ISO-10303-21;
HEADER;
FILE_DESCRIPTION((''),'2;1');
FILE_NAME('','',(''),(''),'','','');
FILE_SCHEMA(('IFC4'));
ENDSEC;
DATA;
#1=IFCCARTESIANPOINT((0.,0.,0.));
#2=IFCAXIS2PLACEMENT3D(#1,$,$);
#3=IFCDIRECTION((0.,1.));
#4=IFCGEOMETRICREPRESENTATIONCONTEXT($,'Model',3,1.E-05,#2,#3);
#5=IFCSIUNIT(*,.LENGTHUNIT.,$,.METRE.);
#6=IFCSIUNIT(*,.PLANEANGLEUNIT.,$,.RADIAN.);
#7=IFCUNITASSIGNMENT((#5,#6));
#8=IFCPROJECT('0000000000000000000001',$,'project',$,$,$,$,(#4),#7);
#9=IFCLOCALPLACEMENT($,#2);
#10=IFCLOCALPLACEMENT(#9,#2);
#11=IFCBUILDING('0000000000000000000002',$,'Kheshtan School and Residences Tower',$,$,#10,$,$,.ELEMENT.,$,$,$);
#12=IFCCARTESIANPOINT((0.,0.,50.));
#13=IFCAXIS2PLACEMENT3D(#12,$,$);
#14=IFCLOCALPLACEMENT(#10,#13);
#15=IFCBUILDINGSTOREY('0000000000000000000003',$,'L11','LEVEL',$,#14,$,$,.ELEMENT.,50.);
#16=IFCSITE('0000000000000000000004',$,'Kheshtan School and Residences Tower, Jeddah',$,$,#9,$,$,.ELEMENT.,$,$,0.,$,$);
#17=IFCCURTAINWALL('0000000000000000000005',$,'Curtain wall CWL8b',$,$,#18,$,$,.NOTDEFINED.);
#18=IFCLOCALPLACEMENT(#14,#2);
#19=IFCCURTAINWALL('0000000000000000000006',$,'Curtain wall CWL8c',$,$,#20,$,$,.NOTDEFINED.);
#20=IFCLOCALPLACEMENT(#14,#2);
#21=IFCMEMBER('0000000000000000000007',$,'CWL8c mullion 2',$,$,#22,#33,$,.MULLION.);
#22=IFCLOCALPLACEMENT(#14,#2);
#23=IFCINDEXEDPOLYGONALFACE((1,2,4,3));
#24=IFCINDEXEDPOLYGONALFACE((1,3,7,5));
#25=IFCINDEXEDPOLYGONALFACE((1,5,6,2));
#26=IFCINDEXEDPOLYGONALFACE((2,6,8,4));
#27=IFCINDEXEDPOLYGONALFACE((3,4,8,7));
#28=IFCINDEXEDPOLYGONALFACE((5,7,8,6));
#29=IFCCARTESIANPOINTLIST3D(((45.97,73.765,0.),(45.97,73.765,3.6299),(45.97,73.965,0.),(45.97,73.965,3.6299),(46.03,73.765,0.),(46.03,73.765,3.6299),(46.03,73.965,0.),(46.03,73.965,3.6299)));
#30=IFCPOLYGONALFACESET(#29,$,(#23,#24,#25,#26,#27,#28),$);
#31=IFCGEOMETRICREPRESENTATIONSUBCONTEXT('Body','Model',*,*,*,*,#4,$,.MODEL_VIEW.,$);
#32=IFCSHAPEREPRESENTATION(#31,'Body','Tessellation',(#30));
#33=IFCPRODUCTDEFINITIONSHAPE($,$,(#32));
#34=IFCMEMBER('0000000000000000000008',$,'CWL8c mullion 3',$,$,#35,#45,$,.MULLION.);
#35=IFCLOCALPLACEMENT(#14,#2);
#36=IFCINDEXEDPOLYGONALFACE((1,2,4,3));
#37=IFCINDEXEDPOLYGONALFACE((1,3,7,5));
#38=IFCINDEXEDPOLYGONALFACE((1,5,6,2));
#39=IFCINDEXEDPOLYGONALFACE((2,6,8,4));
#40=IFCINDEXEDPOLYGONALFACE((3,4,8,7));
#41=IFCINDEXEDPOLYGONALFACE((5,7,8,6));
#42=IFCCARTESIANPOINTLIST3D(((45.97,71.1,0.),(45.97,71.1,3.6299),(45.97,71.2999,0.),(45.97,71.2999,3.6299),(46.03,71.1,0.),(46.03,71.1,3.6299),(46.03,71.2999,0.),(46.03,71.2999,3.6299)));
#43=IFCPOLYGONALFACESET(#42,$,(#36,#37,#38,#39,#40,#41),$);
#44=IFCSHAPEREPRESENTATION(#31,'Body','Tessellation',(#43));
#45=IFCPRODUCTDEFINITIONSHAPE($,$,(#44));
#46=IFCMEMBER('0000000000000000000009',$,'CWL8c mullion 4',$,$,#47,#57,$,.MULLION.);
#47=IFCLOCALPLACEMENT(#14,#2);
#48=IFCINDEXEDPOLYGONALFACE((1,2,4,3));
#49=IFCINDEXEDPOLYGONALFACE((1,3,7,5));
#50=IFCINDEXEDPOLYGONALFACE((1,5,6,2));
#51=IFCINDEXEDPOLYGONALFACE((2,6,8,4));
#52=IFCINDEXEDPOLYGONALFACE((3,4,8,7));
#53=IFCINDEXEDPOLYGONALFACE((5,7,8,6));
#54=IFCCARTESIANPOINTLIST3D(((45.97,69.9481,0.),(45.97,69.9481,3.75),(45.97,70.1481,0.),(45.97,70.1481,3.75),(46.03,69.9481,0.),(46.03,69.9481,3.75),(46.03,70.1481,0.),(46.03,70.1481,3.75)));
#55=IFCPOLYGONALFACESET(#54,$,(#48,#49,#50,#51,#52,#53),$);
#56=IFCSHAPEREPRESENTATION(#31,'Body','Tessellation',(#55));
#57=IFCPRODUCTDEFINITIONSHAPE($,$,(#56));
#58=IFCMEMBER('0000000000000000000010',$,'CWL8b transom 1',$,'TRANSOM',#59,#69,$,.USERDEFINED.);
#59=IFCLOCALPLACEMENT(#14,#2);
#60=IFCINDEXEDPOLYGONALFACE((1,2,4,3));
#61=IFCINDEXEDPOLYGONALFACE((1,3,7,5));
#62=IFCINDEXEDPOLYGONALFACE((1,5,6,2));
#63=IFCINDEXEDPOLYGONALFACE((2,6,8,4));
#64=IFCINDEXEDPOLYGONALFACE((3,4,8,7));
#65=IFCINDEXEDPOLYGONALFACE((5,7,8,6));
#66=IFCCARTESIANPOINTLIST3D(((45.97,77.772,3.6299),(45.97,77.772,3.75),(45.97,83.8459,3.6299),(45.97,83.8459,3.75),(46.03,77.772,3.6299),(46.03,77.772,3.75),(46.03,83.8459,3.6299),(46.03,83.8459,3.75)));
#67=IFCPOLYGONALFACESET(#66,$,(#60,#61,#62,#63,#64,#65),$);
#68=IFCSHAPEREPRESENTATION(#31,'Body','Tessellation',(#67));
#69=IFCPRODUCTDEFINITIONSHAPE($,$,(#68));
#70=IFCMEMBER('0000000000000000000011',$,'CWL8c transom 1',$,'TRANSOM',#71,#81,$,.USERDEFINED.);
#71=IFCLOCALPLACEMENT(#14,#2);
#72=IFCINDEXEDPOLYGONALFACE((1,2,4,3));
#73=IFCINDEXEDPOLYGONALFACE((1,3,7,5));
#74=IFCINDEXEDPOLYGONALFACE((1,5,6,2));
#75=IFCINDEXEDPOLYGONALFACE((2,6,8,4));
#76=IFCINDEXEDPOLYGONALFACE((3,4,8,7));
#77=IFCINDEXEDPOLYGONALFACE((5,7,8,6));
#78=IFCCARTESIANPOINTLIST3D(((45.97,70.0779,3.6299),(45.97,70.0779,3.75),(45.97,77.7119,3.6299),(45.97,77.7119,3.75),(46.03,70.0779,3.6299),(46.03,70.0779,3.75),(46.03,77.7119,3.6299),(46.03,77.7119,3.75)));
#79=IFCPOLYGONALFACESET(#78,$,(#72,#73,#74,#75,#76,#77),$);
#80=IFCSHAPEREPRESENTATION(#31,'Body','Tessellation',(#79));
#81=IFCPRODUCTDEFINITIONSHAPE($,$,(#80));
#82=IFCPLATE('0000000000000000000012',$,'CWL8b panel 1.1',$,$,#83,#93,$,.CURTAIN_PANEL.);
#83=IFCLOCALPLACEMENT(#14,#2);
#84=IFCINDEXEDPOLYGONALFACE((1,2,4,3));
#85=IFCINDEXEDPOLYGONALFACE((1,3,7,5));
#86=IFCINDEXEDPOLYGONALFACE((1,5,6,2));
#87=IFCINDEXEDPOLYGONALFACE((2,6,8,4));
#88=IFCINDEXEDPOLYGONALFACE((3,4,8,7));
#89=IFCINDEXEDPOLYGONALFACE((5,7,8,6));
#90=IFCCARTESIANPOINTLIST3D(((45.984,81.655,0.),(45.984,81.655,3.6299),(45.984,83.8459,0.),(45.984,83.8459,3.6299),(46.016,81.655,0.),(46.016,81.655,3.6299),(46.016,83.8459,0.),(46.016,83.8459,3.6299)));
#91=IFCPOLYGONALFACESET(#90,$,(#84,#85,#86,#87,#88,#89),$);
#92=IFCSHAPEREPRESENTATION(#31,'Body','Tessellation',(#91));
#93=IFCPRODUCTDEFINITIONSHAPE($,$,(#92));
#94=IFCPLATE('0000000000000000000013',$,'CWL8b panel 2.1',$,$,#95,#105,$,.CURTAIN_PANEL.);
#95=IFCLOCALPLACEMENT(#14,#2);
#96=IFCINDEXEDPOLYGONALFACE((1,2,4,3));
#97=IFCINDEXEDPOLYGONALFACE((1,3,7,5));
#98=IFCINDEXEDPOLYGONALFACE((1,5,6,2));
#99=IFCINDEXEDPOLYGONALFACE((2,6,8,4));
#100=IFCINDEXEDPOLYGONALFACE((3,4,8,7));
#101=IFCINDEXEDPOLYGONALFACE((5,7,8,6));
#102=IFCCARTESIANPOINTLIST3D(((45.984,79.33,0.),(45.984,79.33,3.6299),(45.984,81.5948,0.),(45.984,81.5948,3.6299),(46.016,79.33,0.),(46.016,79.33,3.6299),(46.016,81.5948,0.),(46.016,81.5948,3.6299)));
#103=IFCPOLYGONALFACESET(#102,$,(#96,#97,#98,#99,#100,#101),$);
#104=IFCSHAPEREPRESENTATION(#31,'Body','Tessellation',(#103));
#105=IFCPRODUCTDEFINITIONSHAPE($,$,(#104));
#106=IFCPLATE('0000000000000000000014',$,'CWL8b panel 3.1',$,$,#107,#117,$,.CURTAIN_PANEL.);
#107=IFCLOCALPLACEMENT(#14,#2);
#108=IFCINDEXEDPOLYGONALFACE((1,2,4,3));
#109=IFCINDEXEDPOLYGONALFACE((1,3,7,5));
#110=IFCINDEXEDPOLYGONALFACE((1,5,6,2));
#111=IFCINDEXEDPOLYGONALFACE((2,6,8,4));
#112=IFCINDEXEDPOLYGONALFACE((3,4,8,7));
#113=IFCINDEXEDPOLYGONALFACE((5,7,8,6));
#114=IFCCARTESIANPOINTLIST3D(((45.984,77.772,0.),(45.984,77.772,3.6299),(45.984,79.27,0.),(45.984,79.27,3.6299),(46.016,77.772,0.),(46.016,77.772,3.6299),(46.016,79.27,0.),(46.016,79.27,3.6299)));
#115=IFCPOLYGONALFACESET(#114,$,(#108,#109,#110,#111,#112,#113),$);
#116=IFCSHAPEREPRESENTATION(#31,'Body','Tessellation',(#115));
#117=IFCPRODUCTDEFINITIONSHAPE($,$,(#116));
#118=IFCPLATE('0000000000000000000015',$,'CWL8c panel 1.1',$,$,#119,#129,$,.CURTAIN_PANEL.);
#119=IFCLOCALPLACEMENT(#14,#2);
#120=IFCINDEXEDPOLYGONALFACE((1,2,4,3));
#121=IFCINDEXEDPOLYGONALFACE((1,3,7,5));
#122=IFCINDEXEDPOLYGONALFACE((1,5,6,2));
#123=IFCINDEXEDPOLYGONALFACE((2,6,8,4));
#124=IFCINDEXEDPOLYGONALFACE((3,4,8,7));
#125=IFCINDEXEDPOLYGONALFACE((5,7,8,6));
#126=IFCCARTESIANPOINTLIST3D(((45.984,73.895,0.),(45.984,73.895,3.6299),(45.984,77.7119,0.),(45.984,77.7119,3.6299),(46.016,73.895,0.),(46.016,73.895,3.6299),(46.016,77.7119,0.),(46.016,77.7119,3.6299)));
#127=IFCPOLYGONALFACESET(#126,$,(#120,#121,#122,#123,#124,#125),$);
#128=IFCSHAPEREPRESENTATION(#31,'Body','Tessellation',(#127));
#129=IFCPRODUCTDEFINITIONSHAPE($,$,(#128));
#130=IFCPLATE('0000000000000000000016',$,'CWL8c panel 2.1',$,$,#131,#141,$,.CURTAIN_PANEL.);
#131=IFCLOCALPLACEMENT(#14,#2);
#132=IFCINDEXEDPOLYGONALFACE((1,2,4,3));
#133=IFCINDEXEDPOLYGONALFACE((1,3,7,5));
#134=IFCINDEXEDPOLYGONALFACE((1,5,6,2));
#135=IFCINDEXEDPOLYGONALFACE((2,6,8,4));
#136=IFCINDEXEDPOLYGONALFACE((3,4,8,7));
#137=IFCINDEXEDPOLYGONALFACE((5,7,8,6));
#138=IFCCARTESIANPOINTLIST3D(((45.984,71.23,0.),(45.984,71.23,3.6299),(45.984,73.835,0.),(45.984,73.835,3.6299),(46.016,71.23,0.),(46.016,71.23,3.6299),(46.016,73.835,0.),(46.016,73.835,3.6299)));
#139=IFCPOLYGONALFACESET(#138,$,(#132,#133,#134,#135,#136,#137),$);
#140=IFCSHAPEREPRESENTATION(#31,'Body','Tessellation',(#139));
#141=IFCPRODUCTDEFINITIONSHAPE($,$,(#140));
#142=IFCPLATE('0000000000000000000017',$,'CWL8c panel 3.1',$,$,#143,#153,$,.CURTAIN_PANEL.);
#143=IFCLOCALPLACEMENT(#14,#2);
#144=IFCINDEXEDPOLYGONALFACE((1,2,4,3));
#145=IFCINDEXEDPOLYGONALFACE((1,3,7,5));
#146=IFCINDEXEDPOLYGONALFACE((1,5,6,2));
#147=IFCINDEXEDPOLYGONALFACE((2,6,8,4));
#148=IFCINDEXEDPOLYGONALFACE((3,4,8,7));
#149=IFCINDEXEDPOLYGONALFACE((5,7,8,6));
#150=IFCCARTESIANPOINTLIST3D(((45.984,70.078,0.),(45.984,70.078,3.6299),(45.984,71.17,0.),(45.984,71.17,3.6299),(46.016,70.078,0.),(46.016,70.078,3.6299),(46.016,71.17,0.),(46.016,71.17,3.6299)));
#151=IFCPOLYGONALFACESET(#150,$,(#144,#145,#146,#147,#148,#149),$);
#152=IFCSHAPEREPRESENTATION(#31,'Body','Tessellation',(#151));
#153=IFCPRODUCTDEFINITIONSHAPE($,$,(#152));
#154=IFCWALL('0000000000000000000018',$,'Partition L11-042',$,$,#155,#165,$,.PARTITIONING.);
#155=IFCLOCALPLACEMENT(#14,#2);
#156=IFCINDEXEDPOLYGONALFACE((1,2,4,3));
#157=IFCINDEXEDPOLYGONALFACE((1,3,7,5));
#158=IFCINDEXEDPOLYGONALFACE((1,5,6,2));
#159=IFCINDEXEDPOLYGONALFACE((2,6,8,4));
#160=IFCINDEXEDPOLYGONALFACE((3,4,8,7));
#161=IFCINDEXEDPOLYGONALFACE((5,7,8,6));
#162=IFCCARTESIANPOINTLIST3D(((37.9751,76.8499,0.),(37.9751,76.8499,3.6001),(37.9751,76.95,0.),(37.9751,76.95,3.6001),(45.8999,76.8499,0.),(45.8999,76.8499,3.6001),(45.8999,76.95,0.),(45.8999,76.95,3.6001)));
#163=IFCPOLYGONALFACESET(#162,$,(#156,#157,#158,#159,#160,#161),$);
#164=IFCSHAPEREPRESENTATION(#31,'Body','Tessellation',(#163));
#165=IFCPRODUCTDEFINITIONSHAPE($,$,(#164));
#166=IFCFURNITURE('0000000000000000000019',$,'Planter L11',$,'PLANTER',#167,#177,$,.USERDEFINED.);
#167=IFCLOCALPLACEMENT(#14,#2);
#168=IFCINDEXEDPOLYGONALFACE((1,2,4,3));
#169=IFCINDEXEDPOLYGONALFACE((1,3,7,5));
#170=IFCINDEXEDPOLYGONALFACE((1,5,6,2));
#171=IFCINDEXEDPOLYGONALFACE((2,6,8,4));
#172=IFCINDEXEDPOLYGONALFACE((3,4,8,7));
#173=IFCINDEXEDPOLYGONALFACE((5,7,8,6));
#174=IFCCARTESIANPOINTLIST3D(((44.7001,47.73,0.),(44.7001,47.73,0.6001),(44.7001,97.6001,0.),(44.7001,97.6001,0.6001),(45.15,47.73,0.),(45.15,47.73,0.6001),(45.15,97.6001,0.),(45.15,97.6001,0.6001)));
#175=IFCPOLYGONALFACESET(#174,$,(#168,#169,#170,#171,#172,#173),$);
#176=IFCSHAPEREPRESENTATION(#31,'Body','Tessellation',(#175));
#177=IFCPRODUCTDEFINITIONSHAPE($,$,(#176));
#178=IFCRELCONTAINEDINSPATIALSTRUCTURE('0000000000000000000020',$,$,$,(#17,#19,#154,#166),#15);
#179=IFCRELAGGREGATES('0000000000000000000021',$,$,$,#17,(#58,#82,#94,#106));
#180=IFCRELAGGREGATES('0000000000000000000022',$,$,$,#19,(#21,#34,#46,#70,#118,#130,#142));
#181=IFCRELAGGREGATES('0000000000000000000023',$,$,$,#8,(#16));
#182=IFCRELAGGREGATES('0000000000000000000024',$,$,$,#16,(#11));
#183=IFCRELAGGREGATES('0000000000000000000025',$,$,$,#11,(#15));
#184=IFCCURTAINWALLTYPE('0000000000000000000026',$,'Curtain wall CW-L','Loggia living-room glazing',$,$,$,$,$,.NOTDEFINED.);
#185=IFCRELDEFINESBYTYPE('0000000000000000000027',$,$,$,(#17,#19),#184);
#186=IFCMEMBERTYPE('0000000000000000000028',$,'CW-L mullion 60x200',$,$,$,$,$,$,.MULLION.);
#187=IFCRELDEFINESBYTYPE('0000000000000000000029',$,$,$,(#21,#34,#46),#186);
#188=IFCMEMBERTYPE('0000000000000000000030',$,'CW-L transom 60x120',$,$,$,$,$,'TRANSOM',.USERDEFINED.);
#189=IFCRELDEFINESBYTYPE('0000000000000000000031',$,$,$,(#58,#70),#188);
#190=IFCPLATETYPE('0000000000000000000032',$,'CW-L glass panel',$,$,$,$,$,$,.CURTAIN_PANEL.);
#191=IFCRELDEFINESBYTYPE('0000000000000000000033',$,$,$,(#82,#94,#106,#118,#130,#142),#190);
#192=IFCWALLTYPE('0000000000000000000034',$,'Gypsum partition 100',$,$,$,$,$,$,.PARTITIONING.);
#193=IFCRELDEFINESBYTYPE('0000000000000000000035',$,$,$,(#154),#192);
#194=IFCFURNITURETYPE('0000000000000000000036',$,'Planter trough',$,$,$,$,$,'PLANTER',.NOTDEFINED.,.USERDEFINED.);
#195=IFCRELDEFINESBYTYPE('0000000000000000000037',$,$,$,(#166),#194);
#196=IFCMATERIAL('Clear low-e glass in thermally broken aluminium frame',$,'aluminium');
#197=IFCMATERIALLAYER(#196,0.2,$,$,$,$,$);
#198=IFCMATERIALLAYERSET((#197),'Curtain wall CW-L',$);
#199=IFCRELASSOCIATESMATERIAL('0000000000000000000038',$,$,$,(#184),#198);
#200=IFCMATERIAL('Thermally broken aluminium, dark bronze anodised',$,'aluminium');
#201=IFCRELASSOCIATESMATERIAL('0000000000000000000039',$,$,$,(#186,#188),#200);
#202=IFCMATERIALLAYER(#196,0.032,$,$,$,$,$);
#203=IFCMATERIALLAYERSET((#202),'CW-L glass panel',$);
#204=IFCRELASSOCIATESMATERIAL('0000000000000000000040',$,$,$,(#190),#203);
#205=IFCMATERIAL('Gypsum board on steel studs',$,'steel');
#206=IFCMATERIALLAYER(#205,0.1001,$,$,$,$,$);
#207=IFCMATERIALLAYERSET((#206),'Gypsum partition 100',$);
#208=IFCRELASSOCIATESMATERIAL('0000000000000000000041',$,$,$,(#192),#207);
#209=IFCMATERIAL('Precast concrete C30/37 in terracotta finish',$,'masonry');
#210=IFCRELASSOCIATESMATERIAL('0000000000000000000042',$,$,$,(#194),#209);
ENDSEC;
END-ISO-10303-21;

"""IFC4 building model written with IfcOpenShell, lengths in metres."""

from ifc_helpers import new_model, si_unit, direction, frame, frame_2d, origin, origin_2d, place, context, subcontext, project, spatial, rectangle, extrude, material, layer, layer_set, material_profile, profile_set, type_object, element, aggregate, save


model = new_model("IFC4")

# Units and contexts
model_context = context("Model", 3, precision=1e-05, world=origin(), true_north=direction((0.0, 1.0)))
body_context = subcontext(model_context, "Body", "Model", "MODEL_VIEW")
ifc_project = project(units=[si_unit("LENGTHUNIT", "METRE"), si_unit("PLANEANGLEUNIT", "RADIAN")], contexts=[model_context])

# Site, building, storey
site_placement = place(None, origin())
site = spatial("IfcSite", under=ifc_project, at=site_placement, Name="Kheshtan School and Residences Tower, Jeddah", CompositionType="ELEMENT", RefElevation=0.0)
building_placement = place(site_placement, origin())
building = spatial("IfcBuilding", under=site, at=building_placement, Name="Kheshtan School and Residences Tower", CompositionType="ELEMENT")
storey_placement = place(building_placement, frame((0.0, 0.0, 50.0)))
storey = spatial("IfcBuildingStorey", under=building, at=storey_placement, Name="L11", Description="LEVEL", CompositionType="ELEMENT", Elevation=50.0)

# Curtain walls, members
ifc_material_1 = material(Name="Clear low-e glass in thermally broken aluminium frame", Category="aluminium")
ifc_layer_1 = layer(ifc_material_1, 0.2)
ifc_layer_set_1 = layer_set([ifc_layer_1], Name="Curtain wall CW-L")
curtain_wall_type = type_object("IfcCurtainWallType", Name="Curtain wall CW-L", Description="Loggia living-room glazing", PredefinedType="NOTDEFINED", material=ifc_layer_set_1)
curtain_wall_1_placement = place(storey_placement, origin())
curtain_wall_1 = element("IfcCurtainWall", 1, at=curtain_wall_1_placement, inside=storey, type_object=curtain_wall_type, Name="Curtain wall CWL8b", PredefinedType="NOTDEFINED")
ifc_material_2 = material(Name="Thermally broken aluminium, dark bronze anodised", Category="aluminium")
ifc_material_profile_1 = material_profile(ifc_material_2, rectangle(XDim=0.0601, YDim=0.2, at=origin_2d()), Name="CW-L mullion 60x200")
ifc_profile_set_1 = profile_set([ifc_material_profile_1], Name="Thermally broken aluminium, dark bronze anodised")
member_type_1 = type_object("IfcMemberType", Name="CW-L mullion 60x200", PredefinedType="MULLION", material=ifc_profile_set_1)
curtain_wall_2_placement = place(storey_placement, origin())
curtain_wall_2 = element("IfcCurtainWall", 2, at=curtain_wall_2_placement, inside=storey, type_object=curtain_wall_type, Name="Curtain wall CWL8c", PredefinedType="NOTDEFINED")
member_1_placement = place(storey_placement, frame((46.0, 73.865, 0.0), z_axis=(0.0, 0.0, 1.0), x_axis=(1.0, 0.0, 0.0)))
member_1 = element("IfcMember", 3, at=member_1_placement, type_object=member_type_1, Name="CWL8c mullion 2", PredefinedType="MULLION", context=body_context, shape_type="SweptSolid", body=[
    extrude(rectangle(XDim=0.0601, YDim=0.2, at=origin_2d()), origin(), (0.0, 0.0, 1.0), 3.6299),
])
member_2_placement = place(storey_placement, frame((46.0, 71.2, 0.0), z_axis=(0.0, 0.0, 1.0), x_axis=(1.0, 0.0, 0.0)))
member_2 = element("IfcMember", 4, at=member_2_placement, type_object=member_type_1, Name="CWL8c mullion 3", PredefinedType="MULLION", context=body_context, shape_type="SweptSolid", body=[
    extrude(rectangle(XDim=0.0601, YDim=0.2, at=origin_2d()), origin(), (0.0, 0.0, 1.0), 3.6299),
])
member_3_placement = place(storey_placement, frame((46.0, 70.0481, 0.0), z_axis=(0.0, 0.0, 1.0), x_axis=(1.0, 0.0, 0.0)))
member_3 = element("IfcMember", 5, at=member_3_placement, type_object=member_type_1, Name="CWL8c mullion 4", PredefinedType="MULLION", context=body_context, shape_type="SweptSolid", body=[
    extrude(rectangle(XDim=0.0601, YDim=0.2, at=origin_2d()), origin(), (0.0, 0.0, 1.0), 3.75),
])

# Members
ifc_material_profile_2 = material_profile(ifc_material_2, rectangle(XDim=0.0601, YDim=0.1201, at=origin_2d()), Name="CW-L transom 60x120")
ifc_profile_set_2 = profile_set([ifc_material_profile_2], Name="Thermally broken aluminium, dark bronze anodised")
member_type_2 = type_object("IfcMemberType", Name="CW-L transom 60x120", ElementType="TRANSOM", PredefinedType="USERDEFINED", material=ifc_profile_set_2)
member_4_placement = place(storey_placement, frame((46.0, 83.8459, 3.6899), z_axis=(0.0, -1.0, 0.0), x_axis=(1.0, 0.0, 0.0)))
member_4 = element("IfcMember", 6, at=member_4_placement, type_object=member_type_2, Name="CWL8b transom 1", ObjectType="TRANSOM", PredefinedType="USERDEFINED", context=body_context, shape_type="SweptSolid", body=[
    extrude(rectangle(XDim=0.0601, YDim=0.1201, at=origin_2d()), origin(), (0.0, 0.0, 1.0), 6.074),
])
member_5_placement = place(storey_placement, frame((46.0, 77.7119, 3.6899), z_axis=(0.0, -1.0, 0.0), x_axis=(1.0, 0.0, 0.0)))
member_5 = element("IfcMember", 7, at=member_5_placement, type_object=member_type_2, Name="CWL8c transom 1", ObjectType="TRANSOM", PredefinedType="USERDEFINED", context=body_context, shape_type="SweptSolid", body=[
    extrude(rectangle(XDim=0.0601, YDim=0.1201, at=origin_2d()), origin(), (0.0, 0.0, 1.0), 7.634),
])

# Plates
ifc_layer_2 = layer(ifc_material_1, 0.032)
ifc_layer_set_2 = layer_set([ifc_layer_2], Name="CW-L glass panel")
plate_type = type_object("IfcPlateType", Name="CW-L glass panel", PredefinedType="CURTAIN_PANEL", material=ifc_layer_set_2)
plate_1_placement = place(storey_placement, frame((46.0, 82.7505, 0.0), z_axis=(0.0, 0.0, 1.0), x_axis=(0.0, -1.0, 0.0)))
plate_1 = element("IfcPlate", 8, at=plate_1_placement, type_object=plate_type, Name="CWL8b panel 1.1", PredefinedType="CURTAIN_PANEL", context=body_context, shape_type="SweptSolid", body=[
    extrude(rectangle(XDim=2.1909, YDim=0.032, at=origin_2d()), origin(), (0.0, 0.0, 1.0), 3.6299),
])
plate_2_placement = place(storey_placement, frame((46.0, 80.4624, 0.0), z_axis=(0.0, 0.0, 1.0), x_axis=(0.0, -1.0, 0.0)))
plate_2 = element("IfcPlate", 9, at=plate_2_placement, type_object=plate_type, Name="CWL8b panel 2.1", PredefinedType="CURTAIN_PANEL", context=body_context, shape_type="SweptSolid", body=[
    extrude(rectangle(XDim=2.2649, YDim=0.032, at=origin_2d()), origin(), (0.0, 0.0, 1.0), 3.6299),
])
plate_3_placement = place(storey_placement, frame((46.0, 78.521, 0.0), z_axis=(0.0, 0.0, 1.0), x_axis=(0.0, -1.0, 0.0)))
plate_3 = element("IfcPlate", 10, at=plate_3_placement, type_object=plate_type, Name="CWL8b panel 3.1", PredefinedType="CURTAIN_PANEL", context=body_context, shape_type="SweptSolid", body=[
    extrude(rectangle(XDim=1.498, YDim=0.032, at=origin_2d()), origin(), (0.0, 0.0, 1.0), 3.6299),
])
aggregate(curtain_wall_1, [member_4, plate_1, plate_2, plate_3])
plate_4_placement = place(storey_placement, frame((46.0, 75.8035, 0.0), z_axis=(0.0, 0.0, 1.0), x_axis=(0.0, -1.0, 0.0)))
plate_4 = element("IfcPlate", 11, at=plate_4_placement, type_object=plate_type, Name="CWL8c panel 1.1", PredefinedType="CURTAIN_PANEL", context=body_context, shape_type="SweptSolid", body=[
    extrude(rectangle(XDim=3.8169, YDim=0.032, at=origin_2d()), origin(), (0.0, 0.0, 1.0), 3.6299),
])
plate_5_placement = place(storey_placement, frame((46.0, 72.5325, 0.0), z_axis=(0.0, 0.0, 1.0), x_axis=(0.0, -1.0, 0.0)))
plate_5 = element("IfcPlate", 12, at=plate_5_placement, type_object=plate_type, Name="CWL8c panel 2.1", PredefinedType="CURTAIN_PANEL", context=body_context, shape_type="SweptSolid", body=[
    extrude(rectangle(XDim=2.605, YDim=0.032, at=origin_2d()), origin(), (0.0, 0.0, 1.0), 3.6299),
])
plate_6_placement = place(storey_placement, frame((46.0, 70.624, 0.0), z_axis=(0.0, 0.0, 1.0), x_axis=(0.0, -1.0, 0.0)))
plate_6 = element("IfcPlate", 13, at=plate_6_placement, type_object=plate_type, Name="CWL8c panel 3.1", PredefinedType="CURTAIN_PANEL", context=body_context, shape_type="SweptSolid", body=[
    extrude(rectangle(XDim=1.092, YDim=0.032, at=origin_2d()), origin(), (0.0, 0.0, 1.0), 3.6299),
])
aggregate(curtain_wall_2, [member_1, member_2, member_3, member_5, plate_4, plate_5, plate_6])

# Wall
ifc_material_3 = material(Name="Gypsum board on steel studs", Category="steel")
ifc_layer_3 = layer(ifc_material_3, 0.1001)
ifc_layer_set_3 = layer_set([ifc_layer_3], Name="Gypsum partition 100")
wall_type = type_object("IfcWallType", Name="Gypsum partition 100", PredefinedType="PARTITIONING", material=ifc_layer_set_3)
wall_placement = place(storey_placement, frame((37.9751, 76.8999, 0.0), z_axis=(0.0, 0.0, 1.0), x_axis=(1.0, 0.0, 0.0)))
element("IfcWall", 14, at=wall_placement, inside=storey, type_object=wall_type, Name="Partition L11-042", PredefinedType="PARTITIONING", context=body_context, shape_type="SweptSolid", body=[
    extrude(rectangle(XDim=7.9248, YDim=0.1001, at=frame_2d((3.9624, 0.0))), origin(), (0.0, 0.0, 1.0), 3.6001),
])

# Furniture
ifc_material_4 = material(Name="Precast concrete C30/37 in terracotta finish", Category="masonry")
furniture_type = type_object("IfcFurnitureType", Name="Planter trough", ElementType="PLANTER", AssemblyPlace="NOTDEFINED", PredefinedType="USERDEFINED", material=ifc_material_4)
furniture_placement = place(storey_placement, frame((44.925, 72.665, 0.0), z_axis=(0.0, 0.0, 1.0), x_axis=(0.0, -1.0, 0.0)))
element("IfcFurniture", 15, at=furniture_placement, inside=storey, type_object=furniture_type, Name="Planter L11", ObjectType="PLANTER", PredefinedType="USERDEFINED", context=body_context, shape_type="SweptSolid", body=[
    extrude(rectangle(XDim=49.8701, YDim=0.45, at=origin_2d()), origin(), (0.0, 0.0, 1.0), 0.6001),
])

save(model, "model.ifc")
